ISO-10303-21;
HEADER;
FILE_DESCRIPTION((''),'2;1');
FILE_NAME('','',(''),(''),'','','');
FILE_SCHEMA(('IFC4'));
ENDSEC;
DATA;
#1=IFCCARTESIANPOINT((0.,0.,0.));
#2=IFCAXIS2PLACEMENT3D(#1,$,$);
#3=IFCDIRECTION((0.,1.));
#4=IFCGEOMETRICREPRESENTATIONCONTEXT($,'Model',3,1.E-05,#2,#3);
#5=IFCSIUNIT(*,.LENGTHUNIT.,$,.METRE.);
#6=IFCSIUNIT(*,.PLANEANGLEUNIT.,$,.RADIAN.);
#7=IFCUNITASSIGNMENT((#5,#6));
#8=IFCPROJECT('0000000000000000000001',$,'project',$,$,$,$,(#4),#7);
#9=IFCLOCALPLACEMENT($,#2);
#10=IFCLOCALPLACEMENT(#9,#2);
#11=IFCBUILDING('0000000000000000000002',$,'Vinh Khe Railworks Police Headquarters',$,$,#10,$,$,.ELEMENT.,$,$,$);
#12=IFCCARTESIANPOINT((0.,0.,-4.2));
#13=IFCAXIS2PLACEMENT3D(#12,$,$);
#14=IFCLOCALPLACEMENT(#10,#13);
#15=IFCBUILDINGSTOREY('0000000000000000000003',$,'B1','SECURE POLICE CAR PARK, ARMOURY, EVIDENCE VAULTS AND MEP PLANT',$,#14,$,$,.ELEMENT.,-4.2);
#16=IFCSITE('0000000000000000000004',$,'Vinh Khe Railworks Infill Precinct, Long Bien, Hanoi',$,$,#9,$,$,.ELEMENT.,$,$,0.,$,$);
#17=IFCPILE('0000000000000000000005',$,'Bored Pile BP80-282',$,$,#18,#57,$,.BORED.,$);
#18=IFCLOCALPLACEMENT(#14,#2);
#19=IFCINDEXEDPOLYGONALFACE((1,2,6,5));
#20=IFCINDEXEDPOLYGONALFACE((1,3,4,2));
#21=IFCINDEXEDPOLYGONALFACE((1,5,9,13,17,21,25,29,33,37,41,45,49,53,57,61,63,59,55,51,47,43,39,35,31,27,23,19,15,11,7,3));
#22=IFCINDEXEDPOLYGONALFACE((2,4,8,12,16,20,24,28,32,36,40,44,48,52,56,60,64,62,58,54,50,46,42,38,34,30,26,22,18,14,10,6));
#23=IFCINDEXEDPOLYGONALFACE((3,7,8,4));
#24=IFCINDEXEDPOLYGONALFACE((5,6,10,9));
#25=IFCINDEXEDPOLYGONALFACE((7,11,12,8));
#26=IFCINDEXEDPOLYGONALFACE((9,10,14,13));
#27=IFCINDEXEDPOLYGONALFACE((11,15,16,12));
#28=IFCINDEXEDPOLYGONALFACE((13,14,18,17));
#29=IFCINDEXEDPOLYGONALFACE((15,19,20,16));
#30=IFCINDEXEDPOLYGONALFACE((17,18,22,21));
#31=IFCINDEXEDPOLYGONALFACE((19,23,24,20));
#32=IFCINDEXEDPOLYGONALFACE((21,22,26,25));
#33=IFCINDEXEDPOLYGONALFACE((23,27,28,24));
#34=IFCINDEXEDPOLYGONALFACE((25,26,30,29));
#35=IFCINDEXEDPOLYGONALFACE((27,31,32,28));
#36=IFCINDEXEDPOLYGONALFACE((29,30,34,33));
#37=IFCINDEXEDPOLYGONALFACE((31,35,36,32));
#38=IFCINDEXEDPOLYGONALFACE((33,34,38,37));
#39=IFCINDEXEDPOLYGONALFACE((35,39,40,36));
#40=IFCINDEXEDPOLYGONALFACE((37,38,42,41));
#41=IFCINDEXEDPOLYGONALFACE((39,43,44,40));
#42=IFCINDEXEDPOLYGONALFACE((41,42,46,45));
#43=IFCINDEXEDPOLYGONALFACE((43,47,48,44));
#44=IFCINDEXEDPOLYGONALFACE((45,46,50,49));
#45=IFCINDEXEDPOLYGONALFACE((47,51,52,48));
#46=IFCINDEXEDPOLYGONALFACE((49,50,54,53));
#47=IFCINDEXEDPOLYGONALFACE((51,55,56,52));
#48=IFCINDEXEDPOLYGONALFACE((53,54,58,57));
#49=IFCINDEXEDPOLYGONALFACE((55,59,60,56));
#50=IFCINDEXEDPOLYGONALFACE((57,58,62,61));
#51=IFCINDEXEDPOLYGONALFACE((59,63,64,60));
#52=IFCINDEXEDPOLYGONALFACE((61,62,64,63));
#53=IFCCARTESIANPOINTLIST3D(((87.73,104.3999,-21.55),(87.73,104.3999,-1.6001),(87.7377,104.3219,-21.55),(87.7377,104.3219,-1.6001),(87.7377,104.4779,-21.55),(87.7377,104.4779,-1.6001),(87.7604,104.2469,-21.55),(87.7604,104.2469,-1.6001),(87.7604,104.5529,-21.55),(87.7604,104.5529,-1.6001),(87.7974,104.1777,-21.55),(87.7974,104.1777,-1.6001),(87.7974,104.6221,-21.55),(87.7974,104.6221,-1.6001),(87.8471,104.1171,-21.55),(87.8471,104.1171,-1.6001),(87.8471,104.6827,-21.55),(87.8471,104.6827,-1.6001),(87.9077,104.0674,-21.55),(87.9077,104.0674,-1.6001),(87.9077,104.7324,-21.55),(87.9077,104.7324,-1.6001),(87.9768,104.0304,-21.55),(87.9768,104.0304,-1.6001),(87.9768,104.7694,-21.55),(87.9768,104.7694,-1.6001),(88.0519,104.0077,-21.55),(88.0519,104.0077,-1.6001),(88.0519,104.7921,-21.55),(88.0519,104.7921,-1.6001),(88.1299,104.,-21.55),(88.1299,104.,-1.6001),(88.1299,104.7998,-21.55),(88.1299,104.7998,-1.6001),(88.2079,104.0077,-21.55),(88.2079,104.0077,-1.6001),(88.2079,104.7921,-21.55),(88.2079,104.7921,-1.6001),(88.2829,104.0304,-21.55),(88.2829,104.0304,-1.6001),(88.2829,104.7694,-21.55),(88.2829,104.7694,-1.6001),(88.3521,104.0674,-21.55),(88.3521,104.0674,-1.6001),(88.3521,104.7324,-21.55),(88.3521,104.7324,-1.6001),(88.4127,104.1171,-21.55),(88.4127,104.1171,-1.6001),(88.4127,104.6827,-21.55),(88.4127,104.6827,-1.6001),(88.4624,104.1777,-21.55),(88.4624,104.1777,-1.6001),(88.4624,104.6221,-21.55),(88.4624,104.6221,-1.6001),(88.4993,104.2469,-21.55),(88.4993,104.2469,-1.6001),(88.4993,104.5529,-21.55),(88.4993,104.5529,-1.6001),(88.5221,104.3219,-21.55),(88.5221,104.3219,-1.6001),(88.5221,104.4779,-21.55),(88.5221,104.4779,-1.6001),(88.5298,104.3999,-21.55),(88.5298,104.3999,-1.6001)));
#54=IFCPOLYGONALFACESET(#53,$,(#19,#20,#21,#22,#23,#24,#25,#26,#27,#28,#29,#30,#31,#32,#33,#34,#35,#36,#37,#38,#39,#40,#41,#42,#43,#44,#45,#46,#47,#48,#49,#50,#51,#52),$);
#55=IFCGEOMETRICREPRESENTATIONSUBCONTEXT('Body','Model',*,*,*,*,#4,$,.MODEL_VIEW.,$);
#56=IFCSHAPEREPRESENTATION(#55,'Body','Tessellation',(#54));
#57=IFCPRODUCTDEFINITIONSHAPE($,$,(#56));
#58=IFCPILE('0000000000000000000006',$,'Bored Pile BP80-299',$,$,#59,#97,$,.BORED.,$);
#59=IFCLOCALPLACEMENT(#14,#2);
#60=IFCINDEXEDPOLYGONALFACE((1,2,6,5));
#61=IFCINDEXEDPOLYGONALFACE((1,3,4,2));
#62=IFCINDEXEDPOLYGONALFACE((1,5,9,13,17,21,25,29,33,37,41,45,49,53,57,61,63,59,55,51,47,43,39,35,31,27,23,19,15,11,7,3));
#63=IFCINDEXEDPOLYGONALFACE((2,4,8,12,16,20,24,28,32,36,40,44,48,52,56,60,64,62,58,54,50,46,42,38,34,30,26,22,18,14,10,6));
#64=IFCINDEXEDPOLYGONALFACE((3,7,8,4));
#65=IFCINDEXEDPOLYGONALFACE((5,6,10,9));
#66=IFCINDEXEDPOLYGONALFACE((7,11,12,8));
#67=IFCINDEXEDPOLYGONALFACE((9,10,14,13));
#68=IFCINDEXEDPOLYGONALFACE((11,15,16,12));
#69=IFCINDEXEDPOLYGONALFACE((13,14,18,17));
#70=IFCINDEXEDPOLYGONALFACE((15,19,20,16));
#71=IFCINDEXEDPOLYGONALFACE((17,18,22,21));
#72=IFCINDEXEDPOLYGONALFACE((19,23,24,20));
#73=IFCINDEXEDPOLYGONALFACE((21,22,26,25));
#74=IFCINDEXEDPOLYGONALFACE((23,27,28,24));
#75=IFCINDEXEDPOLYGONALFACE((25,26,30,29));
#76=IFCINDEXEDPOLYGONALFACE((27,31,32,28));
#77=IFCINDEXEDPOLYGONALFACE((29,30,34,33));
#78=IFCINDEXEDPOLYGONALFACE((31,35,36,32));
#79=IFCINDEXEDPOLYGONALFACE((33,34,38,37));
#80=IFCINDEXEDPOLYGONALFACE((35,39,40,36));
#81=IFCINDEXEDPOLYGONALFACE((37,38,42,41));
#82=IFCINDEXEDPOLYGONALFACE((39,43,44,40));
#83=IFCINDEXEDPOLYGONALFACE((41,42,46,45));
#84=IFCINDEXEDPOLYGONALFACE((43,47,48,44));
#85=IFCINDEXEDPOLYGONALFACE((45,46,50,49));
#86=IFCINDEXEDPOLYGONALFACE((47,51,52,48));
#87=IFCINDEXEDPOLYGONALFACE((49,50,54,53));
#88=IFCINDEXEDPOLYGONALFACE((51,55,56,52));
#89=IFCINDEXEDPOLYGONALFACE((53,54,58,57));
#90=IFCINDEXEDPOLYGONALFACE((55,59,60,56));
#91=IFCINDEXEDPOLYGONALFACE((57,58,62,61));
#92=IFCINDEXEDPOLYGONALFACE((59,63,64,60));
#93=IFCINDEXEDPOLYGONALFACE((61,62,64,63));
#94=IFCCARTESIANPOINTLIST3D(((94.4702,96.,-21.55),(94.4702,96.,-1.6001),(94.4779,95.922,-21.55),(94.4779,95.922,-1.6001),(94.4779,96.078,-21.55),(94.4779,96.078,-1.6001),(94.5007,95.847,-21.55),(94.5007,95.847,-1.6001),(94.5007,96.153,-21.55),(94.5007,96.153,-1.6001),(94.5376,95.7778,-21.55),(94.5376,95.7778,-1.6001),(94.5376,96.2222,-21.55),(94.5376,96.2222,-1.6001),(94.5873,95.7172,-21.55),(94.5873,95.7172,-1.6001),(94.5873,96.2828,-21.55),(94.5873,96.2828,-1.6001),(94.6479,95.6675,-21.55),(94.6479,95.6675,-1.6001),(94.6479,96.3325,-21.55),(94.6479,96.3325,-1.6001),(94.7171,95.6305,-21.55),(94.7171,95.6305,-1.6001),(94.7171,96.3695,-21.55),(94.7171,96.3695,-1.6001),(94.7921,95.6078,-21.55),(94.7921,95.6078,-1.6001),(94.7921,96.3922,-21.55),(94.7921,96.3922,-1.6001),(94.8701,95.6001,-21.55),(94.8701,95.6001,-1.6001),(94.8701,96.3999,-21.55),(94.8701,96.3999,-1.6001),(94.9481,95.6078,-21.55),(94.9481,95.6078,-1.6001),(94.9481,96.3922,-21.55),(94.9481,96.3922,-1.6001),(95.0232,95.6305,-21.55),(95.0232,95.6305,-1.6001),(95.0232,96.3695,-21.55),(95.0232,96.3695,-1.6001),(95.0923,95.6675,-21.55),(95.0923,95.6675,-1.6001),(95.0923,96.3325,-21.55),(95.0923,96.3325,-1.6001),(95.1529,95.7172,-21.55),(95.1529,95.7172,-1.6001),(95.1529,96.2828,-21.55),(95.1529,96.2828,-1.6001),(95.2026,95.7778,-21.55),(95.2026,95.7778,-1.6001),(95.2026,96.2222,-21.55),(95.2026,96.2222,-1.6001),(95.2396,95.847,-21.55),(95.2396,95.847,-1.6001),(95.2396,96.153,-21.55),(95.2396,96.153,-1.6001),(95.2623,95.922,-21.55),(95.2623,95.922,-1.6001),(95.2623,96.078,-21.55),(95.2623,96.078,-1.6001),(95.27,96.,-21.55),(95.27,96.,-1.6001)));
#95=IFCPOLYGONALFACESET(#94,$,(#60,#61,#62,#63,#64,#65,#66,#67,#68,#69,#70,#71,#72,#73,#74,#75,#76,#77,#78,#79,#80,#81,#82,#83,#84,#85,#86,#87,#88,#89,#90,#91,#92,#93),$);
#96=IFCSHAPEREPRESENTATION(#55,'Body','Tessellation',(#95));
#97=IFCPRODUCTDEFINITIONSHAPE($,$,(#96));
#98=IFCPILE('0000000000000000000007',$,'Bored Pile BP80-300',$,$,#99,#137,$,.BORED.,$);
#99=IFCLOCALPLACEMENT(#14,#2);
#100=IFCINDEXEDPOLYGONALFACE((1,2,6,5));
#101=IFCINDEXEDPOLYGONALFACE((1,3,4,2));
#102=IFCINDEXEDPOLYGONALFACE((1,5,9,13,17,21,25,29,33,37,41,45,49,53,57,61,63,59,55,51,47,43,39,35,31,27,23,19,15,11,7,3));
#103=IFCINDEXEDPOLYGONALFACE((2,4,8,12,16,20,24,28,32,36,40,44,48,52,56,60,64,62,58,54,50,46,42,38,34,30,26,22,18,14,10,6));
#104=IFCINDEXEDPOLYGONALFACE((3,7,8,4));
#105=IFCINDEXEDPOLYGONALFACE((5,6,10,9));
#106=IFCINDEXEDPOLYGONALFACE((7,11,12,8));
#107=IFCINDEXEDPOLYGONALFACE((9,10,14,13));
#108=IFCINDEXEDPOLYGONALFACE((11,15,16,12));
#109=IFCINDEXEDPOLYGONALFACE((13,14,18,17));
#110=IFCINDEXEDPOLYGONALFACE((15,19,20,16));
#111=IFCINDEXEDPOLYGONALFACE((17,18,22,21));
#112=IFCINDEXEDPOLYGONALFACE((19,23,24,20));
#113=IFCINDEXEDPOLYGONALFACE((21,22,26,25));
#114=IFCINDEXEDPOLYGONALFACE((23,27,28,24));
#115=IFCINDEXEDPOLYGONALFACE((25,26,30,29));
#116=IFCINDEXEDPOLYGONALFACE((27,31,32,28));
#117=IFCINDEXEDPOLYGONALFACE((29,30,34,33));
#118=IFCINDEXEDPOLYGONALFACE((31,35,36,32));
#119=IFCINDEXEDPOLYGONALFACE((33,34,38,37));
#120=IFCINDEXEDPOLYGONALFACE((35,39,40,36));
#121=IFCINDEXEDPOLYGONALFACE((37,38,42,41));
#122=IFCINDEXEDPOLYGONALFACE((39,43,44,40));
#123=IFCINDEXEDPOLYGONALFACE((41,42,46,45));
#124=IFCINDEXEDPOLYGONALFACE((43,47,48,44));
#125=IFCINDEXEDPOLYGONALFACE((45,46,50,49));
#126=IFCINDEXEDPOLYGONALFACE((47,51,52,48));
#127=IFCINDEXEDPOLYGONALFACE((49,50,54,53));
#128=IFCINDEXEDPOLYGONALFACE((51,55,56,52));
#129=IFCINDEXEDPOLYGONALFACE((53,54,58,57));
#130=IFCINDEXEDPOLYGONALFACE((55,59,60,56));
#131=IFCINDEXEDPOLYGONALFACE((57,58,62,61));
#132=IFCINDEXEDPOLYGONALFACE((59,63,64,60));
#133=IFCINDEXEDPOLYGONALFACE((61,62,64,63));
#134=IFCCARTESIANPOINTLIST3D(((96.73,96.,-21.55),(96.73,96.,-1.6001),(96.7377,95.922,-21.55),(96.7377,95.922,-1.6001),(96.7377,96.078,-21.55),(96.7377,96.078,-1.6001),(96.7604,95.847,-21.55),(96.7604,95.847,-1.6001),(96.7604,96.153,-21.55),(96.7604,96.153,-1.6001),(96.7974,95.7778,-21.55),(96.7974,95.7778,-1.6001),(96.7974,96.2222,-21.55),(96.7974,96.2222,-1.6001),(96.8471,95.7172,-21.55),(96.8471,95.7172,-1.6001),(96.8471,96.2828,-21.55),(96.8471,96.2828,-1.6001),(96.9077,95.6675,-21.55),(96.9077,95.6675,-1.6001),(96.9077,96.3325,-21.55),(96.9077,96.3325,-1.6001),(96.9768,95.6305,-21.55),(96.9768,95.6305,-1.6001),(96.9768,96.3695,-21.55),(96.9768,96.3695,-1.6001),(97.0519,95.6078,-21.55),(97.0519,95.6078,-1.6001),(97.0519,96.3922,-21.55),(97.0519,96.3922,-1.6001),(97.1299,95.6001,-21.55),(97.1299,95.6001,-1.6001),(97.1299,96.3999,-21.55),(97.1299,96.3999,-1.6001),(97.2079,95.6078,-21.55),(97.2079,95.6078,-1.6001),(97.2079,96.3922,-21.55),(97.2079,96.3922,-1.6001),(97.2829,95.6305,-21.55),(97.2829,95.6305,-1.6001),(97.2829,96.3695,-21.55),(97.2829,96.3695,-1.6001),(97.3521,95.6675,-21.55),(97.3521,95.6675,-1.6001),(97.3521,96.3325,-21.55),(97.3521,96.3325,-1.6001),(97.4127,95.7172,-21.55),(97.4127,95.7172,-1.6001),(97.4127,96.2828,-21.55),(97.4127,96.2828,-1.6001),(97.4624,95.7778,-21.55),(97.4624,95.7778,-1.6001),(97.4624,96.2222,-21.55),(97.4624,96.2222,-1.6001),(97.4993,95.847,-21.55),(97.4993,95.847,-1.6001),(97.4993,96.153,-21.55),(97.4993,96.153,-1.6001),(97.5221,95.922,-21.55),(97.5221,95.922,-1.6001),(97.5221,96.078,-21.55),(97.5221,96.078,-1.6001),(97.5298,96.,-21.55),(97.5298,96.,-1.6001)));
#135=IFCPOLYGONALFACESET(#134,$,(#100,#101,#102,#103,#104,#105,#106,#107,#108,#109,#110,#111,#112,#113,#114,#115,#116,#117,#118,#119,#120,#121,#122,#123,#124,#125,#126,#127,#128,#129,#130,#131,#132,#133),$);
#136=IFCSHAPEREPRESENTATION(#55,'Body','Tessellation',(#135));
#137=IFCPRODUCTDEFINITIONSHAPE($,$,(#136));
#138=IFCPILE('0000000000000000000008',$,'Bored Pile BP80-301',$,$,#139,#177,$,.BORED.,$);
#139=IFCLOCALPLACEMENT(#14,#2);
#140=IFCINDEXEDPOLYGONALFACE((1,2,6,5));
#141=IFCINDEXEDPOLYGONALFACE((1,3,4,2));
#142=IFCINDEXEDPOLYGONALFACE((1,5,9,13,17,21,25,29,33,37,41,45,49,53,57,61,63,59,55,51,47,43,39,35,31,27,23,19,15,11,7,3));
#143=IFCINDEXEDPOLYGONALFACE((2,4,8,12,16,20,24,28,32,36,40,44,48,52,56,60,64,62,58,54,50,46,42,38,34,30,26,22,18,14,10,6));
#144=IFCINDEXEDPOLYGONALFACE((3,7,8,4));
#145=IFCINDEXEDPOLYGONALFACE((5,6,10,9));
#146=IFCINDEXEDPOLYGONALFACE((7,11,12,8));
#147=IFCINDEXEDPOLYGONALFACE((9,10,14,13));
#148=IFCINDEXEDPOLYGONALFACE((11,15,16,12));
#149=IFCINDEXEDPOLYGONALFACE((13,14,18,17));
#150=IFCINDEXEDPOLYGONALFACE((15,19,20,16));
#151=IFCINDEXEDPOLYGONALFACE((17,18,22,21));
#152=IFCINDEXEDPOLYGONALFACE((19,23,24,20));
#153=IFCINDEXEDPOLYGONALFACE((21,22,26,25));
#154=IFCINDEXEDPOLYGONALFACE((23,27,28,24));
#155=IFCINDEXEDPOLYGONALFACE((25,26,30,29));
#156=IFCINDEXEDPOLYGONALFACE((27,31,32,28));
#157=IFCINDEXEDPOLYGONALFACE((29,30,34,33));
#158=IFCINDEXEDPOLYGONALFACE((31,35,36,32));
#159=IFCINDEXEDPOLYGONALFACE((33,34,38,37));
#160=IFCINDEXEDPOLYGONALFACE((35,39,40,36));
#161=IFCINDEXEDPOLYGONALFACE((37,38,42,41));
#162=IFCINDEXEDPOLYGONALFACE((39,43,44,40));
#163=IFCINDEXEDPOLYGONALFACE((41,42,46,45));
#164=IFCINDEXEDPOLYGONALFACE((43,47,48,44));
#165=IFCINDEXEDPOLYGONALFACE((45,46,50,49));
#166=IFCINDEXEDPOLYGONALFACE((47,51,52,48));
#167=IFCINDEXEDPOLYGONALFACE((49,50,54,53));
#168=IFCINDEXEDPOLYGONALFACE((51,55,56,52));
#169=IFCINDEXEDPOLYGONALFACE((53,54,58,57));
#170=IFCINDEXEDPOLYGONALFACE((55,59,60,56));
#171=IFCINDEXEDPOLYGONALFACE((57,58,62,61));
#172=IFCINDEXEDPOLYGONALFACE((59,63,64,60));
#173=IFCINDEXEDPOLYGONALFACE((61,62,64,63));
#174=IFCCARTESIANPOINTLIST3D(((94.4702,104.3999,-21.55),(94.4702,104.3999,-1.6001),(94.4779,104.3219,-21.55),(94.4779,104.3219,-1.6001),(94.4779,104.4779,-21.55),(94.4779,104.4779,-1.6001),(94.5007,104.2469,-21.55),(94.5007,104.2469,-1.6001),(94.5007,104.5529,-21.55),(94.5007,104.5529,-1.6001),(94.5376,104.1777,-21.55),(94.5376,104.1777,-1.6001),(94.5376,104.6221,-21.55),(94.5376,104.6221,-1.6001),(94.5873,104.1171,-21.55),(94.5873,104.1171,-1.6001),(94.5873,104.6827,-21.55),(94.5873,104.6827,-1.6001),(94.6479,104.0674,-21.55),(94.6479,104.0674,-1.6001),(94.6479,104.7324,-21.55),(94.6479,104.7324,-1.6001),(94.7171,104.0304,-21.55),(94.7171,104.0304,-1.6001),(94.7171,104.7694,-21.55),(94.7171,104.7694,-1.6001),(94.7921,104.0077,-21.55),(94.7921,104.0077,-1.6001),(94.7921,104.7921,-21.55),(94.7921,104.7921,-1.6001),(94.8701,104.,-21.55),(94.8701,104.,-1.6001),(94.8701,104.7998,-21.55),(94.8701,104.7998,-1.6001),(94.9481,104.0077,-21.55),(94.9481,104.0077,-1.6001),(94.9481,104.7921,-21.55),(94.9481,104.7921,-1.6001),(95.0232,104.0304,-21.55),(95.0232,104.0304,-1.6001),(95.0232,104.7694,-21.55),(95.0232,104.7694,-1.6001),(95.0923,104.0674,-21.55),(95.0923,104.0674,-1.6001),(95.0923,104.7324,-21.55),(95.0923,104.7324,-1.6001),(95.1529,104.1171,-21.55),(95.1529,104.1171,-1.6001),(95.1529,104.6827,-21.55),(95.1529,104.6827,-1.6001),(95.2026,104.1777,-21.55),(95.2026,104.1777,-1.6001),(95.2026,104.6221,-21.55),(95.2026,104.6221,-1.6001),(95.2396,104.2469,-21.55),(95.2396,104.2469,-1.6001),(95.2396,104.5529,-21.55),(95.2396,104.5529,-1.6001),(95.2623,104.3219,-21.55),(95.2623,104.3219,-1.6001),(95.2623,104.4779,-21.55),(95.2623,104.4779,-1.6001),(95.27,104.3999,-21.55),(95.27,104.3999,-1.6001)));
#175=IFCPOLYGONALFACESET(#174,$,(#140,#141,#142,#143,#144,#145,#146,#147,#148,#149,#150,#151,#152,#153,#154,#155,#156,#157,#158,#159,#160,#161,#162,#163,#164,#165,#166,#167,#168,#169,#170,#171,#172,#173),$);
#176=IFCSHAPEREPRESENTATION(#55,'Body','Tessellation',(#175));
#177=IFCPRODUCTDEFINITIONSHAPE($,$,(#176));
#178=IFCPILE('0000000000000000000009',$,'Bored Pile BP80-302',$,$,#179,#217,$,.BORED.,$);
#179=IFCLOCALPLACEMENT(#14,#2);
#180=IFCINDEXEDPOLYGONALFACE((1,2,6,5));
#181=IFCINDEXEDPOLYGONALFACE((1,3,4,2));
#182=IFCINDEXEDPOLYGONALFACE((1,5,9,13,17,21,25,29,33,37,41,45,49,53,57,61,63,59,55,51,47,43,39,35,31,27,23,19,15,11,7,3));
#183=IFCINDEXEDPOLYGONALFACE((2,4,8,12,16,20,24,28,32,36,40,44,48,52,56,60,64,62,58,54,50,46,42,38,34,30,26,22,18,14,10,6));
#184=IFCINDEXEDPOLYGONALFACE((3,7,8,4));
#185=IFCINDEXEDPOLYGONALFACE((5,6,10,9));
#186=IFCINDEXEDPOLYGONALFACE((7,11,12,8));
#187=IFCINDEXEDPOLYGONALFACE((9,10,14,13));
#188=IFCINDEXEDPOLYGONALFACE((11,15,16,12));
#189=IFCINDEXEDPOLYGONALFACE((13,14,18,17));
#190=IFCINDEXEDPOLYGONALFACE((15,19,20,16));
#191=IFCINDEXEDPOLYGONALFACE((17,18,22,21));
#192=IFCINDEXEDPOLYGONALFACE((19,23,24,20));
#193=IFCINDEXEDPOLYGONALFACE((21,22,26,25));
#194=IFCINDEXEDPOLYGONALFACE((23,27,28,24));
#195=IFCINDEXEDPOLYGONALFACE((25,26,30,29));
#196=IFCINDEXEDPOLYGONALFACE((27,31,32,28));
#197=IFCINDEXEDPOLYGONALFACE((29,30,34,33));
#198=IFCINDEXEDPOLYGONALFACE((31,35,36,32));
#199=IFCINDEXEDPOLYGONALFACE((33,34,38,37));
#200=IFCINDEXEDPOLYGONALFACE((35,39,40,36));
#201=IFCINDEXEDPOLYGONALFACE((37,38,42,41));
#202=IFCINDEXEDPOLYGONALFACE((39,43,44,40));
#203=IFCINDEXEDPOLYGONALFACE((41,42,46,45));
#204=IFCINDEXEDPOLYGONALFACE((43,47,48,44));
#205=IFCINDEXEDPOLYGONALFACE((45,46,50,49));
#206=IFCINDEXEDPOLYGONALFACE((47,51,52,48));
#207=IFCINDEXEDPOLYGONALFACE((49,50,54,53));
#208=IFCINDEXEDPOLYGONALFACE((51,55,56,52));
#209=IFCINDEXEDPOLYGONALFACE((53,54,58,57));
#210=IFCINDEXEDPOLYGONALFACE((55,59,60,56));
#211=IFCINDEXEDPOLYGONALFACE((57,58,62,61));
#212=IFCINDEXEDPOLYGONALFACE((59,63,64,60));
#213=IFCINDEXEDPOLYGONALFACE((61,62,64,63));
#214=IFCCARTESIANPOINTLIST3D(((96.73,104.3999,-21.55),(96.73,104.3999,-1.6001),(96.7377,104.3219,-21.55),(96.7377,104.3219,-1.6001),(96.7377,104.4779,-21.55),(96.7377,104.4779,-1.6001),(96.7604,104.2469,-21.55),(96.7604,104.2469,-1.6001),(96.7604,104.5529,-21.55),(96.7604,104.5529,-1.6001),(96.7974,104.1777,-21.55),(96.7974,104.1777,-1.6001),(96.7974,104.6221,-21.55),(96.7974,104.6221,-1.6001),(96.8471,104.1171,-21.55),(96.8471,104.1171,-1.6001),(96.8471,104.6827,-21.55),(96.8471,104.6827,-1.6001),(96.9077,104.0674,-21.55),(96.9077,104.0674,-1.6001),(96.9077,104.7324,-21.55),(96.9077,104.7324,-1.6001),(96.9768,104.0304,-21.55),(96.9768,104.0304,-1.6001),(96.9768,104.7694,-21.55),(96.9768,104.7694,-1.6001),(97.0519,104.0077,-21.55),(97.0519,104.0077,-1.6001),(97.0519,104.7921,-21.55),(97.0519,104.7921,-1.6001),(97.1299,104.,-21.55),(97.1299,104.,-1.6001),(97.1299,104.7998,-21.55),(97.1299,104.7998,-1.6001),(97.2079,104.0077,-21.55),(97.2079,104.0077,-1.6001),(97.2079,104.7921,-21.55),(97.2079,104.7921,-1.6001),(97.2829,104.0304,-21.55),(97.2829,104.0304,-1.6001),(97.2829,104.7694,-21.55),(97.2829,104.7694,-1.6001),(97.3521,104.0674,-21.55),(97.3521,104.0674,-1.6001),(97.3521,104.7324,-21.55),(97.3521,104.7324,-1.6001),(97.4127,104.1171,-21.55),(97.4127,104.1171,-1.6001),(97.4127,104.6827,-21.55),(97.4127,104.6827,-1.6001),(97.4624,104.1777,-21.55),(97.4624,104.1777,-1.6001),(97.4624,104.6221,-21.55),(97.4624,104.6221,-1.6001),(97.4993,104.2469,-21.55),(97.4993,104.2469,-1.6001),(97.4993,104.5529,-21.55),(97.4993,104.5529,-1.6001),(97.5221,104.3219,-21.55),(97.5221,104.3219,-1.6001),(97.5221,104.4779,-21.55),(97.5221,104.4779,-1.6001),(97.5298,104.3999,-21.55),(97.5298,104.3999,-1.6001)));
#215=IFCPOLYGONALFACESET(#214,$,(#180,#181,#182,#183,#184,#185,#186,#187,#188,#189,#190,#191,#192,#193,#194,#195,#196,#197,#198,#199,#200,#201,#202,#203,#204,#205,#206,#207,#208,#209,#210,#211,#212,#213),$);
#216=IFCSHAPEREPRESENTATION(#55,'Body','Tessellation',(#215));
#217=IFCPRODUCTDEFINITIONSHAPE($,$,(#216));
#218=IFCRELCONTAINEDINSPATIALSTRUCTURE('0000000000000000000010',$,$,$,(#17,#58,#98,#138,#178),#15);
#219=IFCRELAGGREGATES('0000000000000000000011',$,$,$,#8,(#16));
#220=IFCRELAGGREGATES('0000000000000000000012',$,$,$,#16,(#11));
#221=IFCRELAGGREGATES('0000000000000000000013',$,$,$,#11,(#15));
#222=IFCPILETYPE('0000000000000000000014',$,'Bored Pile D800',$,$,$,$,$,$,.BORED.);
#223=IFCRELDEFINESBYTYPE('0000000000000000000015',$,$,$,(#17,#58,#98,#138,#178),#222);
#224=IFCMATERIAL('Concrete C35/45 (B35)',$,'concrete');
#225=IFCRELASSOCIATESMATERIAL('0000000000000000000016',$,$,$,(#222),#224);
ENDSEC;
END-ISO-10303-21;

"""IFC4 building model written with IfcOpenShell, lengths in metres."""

from ifc_helpers import new_model, si_unit, direction, frame, origin, origin_2d, place, context, subcontext, project, spatial, circle, extrude, material, material_profile, profile_set, type_object, element, save


model = new_model("IFC4")

# Units and contexts
model_context = context("Model", 3, precision=1e-05, world=origin(), true_north=direction((0.0, 1.0)))
body_context = subcontext(model_context, "Body", "Model", "MODEL_VIEW")
ifc_project = project(units=[si_unit("LENGTHUNIT", "METRE"), si_unit("PLANEANGLEUNIT", "RADIAN")], contexts=[model_context])

# Site, building, storey
site_placement = place(None, origin())
site = spatial("IfcSite", under=ifc_project, at=site_placement, Name="Vinh Khe Railworks Infill Precinct, Long Bien, Hanoi", CompositionType="ELEMENT", RefElevation=0.0)
building_placement = place(site_placement, origin())
building = spatial("IfcBuilding", under=site, at=building_placement, Name="Vinh Khe Railworks Police Headquarters", CompositionType="ELEMENT")
storey_placement = place(building_placement, frame((0.0, 0.0, -4.2)))
storey = spatial("IfcBuildingStorey", under=building, at=storey_placement, Name="B1", Description="SECURE POLICE CAR PARK, ARMOURY, EVIDENCE VAULTS AND MEP PLANT", CompositionType="ELEMENT", Elevation=-4.2)

# Piles
ifc_material_1 = material(Name="Concrete C35/45 (B35)", Category="concrete")
ifc_material_profile_1 = material_profile(ifc_material_1, circle(Radius=0.3999, at=origin_2d()), Name="BORED PILE D800")
ifc_profile_set_1 = profile_set([ifc_material_profile_1], Name="Concrete C35/45 (B35)")
pile_type = type_object("IfcPileType", Name="Bored Pile D800", PredefinedType="BORED", material=ifc_profile_set_1)
for number, where, z_axis, x_axis, name in (
    (1, (88.1299, 104.3999, -1.6001), (0.0, 0.0, -1.0), (1.0, 0.0, 0.0), "Bored Pile BP80-282"),
    (2, (94.8701, 96.0, -1.6001), (0.0, 0.0, -1.0), (1.0, 0.0, 0.0), "Bored Pile BP80-299"),
    (3, (97.1299, 96.0, -1.6001), (0.0, 0.0, -1.0), (1.0, 0.0, 0.0), "Bored Pile BP80-300"),
    (4, (94.8701, 104.3999, -1.6001), (0.0, 0.0, -1.0), (1.0, 0.0, 0.0), "Bored Pile BP80-301"),
    (5, (97.1299, 104.3999, -1.6001), (0.0, 0.0, -1.0), (1.0, 0.0, 0.0), "Bored Pile BP80-302"),
):
    element("IfcPile", number, at=place(storey_placement, frame(where, z_axis=z_axis, x_axis=x_axis)), inside=storey, type_object=pile_type, Name=name, PredefinedType="BORED", context=body_context, shape_type="SweptSolid", body=[
        extrude(circle(Radius=0.3999, at=origin_2d()), origin(), (0.0, 0.0, 1.0), 19.95),
    ])

save(model, "model.ifc")
